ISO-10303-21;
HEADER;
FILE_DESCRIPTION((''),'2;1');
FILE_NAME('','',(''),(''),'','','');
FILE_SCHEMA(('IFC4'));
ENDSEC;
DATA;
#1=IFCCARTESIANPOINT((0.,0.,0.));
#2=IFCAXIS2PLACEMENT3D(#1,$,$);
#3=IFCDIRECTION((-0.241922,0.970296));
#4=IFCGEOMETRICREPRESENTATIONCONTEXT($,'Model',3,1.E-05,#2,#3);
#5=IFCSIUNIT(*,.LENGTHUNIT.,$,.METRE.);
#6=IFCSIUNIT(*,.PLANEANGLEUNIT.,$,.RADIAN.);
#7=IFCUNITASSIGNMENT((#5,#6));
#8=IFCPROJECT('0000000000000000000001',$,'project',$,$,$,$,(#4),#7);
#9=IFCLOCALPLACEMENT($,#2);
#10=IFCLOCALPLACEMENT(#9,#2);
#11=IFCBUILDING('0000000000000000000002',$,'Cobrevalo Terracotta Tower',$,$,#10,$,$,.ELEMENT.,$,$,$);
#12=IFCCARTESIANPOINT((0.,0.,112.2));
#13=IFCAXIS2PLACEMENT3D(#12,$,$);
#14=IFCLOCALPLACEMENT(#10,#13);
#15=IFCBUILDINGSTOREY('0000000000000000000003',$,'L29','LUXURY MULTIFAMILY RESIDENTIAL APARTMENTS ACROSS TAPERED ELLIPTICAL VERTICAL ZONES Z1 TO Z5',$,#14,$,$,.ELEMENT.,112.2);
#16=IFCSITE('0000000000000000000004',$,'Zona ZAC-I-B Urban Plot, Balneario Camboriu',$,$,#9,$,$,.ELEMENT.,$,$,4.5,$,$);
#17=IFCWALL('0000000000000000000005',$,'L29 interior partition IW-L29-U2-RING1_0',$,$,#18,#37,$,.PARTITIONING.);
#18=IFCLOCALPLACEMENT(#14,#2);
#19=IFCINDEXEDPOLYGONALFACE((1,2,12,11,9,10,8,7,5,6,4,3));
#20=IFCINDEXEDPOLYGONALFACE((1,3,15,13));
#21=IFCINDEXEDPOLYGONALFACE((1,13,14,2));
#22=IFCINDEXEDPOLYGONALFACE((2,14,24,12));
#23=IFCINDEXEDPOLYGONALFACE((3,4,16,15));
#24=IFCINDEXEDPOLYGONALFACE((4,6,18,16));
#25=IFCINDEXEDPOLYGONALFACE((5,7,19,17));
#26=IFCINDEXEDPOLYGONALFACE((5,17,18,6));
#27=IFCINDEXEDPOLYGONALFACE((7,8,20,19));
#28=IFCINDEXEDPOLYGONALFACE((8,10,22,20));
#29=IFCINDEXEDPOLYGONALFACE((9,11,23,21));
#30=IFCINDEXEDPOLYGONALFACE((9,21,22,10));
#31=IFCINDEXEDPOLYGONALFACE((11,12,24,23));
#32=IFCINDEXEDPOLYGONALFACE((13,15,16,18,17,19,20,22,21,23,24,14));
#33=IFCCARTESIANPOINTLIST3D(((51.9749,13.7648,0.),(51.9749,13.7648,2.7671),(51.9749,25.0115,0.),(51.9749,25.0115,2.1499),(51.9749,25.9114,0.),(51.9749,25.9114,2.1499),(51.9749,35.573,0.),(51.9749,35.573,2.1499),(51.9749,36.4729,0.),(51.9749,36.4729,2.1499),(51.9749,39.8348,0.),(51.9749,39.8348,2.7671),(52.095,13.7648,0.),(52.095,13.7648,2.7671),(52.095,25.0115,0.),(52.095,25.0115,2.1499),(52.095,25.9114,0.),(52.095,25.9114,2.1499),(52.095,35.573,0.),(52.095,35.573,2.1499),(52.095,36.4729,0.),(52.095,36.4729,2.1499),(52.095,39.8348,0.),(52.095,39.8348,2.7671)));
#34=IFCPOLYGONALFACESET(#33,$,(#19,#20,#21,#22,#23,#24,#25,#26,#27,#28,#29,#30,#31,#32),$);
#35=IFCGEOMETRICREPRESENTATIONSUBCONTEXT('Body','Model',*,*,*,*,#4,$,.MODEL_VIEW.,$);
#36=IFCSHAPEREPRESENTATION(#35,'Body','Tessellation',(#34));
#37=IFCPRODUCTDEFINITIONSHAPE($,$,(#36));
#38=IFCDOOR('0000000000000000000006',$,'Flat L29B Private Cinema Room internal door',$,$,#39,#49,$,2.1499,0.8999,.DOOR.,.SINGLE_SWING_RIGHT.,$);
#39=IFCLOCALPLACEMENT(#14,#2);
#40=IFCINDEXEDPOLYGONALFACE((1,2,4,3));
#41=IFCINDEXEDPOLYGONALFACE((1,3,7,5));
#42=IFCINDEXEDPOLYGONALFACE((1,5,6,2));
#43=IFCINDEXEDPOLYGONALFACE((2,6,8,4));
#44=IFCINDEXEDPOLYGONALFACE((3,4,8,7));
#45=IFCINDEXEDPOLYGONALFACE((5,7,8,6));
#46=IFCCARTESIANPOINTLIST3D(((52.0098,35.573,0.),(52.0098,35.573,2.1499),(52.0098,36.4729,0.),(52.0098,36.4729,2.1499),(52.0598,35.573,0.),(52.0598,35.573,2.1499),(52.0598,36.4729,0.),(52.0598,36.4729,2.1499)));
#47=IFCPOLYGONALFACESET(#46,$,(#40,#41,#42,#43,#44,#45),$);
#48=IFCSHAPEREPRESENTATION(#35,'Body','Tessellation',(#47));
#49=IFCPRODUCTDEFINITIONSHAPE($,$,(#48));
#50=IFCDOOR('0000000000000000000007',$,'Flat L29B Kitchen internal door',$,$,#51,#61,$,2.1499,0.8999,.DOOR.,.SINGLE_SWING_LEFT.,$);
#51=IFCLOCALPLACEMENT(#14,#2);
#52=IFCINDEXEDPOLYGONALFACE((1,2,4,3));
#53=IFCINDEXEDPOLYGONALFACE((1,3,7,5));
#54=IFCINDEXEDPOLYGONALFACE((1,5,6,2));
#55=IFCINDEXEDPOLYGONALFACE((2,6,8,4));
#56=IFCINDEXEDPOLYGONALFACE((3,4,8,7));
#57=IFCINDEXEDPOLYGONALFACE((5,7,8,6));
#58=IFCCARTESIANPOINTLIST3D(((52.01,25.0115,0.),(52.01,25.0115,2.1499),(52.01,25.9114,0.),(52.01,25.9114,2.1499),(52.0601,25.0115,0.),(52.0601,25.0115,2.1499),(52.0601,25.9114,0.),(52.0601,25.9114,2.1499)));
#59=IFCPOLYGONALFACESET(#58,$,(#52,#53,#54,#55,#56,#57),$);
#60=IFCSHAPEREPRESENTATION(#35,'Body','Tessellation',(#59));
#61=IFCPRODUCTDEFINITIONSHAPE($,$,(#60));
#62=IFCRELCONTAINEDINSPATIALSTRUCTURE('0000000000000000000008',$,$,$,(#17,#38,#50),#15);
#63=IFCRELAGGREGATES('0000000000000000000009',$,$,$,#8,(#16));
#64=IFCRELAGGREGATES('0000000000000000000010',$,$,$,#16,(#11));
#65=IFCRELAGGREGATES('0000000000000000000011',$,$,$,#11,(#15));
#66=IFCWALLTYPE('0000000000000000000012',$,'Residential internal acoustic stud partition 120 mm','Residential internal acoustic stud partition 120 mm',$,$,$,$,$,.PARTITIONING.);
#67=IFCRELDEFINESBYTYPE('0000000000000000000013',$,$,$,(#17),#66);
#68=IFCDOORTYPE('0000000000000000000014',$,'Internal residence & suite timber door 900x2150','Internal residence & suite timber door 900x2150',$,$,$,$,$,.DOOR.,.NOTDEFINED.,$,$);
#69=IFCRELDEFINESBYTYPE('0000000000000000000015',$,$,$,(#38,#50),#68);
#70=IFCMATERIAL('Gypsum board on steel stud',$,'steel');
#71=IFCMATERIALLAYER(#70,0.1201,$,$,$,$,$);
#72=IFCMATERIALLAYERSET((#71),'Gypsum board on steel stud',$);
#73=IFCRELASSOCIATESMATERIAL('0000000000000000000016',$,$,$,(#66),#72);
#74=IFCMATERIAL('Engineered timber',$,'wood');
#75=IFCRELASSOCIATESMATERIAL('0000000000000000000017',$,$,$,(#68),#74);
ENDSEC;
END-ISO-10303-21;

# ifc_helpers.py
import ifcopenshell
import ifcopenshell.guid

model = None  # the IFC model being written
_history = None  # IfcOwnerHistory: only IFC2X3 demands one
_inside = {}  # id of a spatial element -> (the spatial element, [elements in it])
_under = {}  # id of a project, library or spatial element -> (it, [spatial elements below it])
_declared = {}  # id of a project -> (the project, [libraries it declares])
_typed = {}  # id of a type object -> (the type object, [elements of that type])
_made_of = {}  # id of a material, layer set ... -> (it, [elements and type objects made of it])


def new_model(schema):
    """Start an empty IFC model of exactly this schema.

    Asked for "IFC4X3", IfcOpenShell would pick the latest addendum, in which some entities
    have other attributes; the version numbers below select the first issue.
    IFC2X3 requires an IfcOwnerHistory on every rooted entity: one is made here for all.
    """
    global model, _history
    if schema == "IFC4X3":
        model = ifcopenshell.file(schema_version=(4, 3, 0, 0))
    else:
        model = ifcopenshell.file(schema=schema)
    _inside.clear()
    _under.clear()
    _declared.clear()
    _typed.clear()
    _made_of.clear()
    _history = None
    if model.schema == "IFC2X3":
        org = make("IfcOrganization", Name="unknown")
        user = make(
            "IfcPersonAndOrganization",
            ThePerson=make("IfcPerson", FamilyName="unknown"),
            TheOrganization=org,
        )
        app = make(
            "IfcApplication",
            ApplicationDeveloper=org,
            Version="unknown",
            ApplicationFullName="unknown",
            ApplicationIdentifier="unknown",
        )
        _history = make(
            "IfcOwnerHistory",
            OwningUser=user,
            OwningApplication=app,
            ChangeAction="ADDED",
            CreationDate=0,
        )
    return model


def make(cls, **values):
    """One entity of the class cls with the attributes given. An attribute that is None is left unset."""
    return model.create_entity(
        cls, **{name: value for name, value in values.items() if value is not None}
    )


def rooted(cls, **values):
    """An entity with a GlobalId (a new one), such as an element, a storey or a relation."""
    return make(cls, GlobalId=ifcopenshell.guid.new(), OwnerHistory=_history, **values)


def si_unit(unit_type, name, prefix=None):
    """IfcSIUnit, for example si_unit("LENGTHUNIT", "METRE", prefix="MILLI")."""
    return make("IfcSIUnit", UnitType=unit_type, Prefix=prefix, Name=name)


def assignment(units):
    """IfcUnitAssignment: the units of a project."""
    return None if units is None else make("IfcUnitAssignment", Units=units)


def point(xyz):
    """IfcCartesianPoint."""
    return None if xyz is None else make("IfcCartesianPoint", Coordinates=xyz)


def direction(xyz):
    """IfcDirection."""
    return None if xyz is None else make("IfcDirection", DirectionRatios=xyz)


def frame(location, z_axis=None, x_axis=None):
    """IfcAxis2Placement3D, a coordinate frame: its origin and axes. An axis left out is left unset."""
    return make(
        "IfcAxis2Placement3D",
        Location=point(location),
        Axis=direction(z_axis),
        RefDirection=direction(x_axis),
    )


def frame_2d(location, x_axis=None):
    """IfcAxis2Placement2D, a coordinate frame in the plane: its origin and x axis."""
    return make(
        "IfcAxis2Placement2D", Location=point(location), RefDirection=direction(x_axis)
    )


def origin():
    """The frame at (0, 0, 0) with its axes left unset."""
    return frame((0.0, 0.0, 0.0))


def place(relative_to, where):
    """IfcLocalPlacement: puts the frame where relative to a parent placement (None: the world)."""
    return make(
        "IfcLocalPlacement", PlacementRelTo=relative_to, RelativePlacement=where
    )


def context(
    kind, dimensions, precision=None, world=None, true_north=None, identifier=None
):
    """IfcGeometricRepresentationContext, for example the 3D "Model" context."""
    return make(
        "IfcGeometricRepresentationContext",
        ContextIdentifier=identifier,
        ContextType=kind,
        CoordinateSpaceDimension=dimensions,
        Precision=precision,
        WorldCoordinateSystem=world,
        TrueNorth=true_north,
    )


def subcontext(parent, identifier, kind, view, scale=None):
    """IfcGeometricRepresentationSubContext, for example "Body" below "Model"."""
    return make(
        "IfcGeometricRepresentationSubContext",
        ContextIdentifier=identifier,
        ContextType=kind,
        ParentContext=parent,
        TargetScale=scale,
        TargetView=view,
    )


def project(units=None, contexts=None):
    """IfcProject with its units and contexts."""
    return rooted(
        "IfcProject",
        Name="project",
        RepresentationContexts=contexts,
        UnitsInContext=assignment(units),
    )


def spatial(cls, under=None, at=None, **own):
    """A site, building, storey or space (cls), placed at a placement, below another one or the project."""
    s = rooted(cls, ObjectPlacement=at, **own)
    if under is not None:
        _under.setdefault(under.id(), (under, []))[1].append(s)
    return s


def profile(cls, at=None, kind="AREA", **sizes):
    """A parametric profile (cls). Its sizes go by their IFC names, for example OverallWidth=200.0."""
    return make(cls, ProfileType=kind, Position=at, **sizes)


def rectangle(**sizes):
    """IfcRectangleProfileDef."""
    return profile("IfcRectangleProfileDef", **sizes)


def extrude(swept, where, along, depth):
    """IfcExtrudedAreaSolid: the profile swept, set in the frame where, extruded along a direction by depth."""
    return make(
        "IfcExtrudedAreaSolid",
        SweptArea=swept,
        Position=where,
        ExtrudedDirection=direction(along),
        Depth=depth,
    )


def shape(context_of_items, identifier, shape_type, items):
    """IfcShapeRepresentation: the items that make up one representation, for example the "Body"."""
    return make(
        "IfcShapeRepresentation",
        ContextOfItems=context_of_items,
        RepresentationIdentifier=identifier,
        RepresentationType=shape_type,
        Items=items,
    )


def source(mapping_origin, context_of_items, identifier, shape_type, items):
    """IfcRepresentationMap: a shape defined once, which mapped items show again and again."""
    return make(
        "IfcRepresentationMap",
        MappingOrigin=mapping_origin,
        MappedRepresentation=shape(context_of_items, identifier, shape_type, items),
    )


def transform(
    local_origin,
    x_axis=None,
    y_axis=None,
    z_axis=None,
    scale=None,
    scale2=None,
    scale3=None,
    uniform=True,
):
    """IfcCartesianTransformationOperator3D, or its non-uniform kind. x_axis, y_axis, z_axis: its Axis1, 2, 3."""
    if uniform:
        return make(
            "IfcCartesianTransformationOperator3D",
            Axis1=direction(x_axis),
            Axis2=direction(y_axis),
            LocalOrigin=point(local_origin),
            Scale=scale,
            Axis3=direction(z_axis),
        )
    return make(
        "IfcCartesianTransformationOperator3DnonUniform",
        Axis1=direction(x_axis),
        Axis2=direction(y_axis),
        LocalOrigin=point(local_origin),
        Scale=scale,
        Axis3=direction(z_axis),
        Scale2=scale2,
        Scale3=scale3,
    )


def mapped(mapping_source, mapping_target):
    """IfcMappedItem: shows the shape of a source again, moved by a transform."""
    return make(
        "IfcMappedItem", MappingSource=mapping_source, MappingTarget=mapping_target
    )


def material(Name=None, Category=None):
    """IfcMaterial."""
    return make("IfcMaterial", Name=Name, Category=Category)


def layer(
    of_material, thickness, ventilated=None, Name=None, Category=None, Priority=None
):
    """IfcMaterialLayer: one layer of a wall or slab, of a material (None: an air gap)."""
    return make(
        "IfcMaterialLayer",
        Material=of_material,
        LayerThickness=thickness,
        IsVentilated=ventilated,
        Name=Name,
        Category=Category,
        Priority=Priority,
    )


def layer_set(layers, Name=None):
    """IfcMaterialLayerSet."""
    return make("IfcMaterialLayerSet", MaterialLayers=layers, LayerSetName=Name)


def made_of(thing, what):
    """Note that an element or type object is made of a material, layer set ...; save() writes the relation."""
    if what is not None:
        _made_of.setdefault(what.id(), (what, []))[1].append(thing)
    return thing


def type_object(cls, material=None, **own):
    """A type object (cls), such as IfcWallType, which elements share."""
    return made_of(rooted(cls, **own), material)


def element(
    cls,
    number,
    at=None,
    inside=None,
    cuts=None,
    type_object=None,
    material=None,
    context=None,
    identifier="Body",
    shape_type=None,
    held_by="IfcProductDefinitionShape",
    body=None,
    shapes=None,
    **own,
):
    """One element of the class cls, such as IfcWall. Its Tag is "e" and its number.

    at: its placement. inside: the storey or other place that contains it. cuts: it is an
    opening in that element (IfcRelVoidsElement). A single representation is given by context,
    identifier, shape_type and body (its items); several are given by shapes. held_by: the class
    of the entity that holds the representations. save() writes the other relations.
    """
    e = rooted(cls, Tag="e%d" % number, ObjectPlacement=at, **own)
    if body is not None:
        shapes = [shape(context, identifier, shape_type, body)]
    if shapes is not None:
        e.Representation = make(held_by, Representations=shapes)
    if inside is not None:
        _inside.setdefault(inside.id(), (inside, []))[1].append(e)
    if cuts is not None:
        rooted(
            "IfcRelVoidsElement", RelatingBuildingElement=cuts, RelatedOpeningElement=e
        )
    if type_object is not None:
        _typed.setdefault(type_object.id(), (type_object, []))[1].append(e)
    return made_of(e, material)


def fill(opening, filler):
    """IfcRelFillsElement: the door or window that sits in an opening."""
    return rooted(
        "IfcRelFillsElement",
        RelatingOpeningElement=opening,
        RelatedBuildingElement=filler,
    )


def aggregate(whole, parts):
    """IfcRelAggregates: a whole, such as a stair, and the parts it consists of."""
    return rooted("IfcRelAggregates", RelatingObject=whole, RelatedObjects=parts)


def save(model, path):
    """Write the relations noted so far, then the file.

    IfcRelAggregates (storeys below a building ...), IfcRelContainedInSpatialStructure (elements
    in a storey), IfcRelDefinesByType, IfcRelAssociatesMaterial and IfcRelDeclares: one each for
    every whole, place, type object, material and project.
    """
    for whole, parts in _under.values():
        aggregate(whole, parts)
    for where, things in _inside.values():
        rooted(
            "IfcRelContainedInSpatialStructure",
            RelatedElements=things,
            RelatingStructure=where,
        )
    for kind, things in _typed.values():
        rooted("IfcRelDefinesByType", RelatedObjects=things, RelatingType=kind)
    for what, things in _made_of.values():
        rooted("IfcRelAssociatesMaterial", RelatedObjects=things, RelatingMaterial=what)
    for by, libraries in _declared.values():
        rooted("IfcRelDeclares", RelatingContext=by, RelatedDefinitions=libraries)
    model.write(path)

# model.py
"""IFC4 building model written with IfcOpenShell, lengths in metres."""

from ifc_helpers import new_model, si_unit, direction, frame, frame_2d, origin, place, context, subcontext, project, spatial, rectangle, extrude, source, transform, mapped, material, layer, layer_set, type_object, element, fill, save


model = new_model("IFC4")

# Units and contexts
model_context = context("Model", 3, precision=1e-05, world=origin(), true_north=direction((-0.241922, 0.970296)))
body_context = subcontext(model_context, "Body", "Model", "MODEL_VIEW")
ifc_project = project(units=[si_unit("LENGTHUNIT", "METRE"), si_unit("PLANEANGLEUNIT", "RADIAN")], contexts=[model_context])

# Site, building, storey
site_placement = place(None, origin())
site = spatial("IfcSite", under=ifc_project, at=site_placement, Name="Zona ZAC-I-B Urban Plot, Balneario Camboriu", CompositionType="ELEMENT", RefElevation=4.5)
building_placement = place(site_placement, origin())
building = spatial("IfcBuilding", under=site, at=building_placement, Name="Cobrevalo Terracotta Tower", CompositionType="ELEMENT")
storey_placement = place(building_placement, frame((0.0, 0.0, 112.2)))
storey = spatial("IfcBuildingStorey", under=building, at=storey_placement, Name="L29", Description="LUXURY MULTIFAMILY RESIDENTIAL APARTMENTS ACROSS TAPERED ELLIPTICAL VERTICAL ZONES Z1 TO Z5", CompositionType="ELEMENT", Elevation=112.2)

# Shared definitions
ifc_material_1 = material(Name="Gypsum board on steel stud", Category="steel")
ifc_layer_1 = layer(ifc_material_1, 0.1201)
ifc_layer_set_1 = layer_set([ifc_layer_1], Name="Gypsum board on steel stud")
wall_type_1 = type_object("IfcWallType", Name="Residential internal acoustic stud partition 120 mm", Description="Residential internal acoustic stud partition 120 mm", PredefinedType="PARTITIONING", material=ifc_layer_set_1)

# Wall, openings, doors
wall_1_placement = place(storey_placement, frame((52.0349, 39.835, 0.0), z_axis=(0.0, 0.0, 1.0), x_axis=(0.0, -1.0, 0.0)))
wall_1 = element("IfcWall", 1, at=wall_1_placement, inside=storey, type_object=wall_type_1, Name="L29 interior partition IW-L29-U2-RING1_0", PredefinedType="PARTITIONING", context=body_context, shape_type="SweptSolid", body=[
    extrude(rectangle(XDim=26.0701, YDim=0.1201, at=frame_2d((13.0352, 0.0))), origin(), (0.0, 0.0, 1.0), 2.7671),
])
opening_1_placement = place(wall_1_placement, frame((3.3621, 0.0, 0.0)))
opening_1 = element("IfcOpeningElement", 2, at=opening_1_placement, cuts=wall_1, PredefinedType="OPENING", context=body_context, shape_type="SweptSolid", body=[
    extrude(rectangle(XDim=0.8999, YDim=2.1499, at=frame_2d((0.45, 1.075))), frame((0.0, 0.0701, 0.0), z_axis=(0.0, -1.0, 0.0), x_axis=(1.0, 0.0, 0.0)), (0.0, 0.0, 1.0), 0.1401),
])
opening_2_placement = place(wall_1_placement, frame((13.9236, 0.0, 0.0)))
opening_2 = element("IfcOpeningElement", 3, at=opening_2_placement, cuts=wall_1, PredefinedType="OPENING", context=body_context, shape_type="SweptSolid", body=[
    extrude(rectangle(XDim=0.8999, YDim=2.1499, at=frame_2d((0.45, 1.075))), frame((0.0, 0.0701, 0.0), z_axis=(0.0, -1.0, 0.0), x_axis=(1.0, 0.0, 0.0)), (0.0, 0.0, 1.0), 0.1401),
])
ifc_material_2 = material(Name="Engineered timber", Category="wood")
door_type_1 = type_object("IfcDoorType", Name="Internal residence & suite timber door 900x2150", Description="Internal residence & suite timber door 900x2150", OperationType="NOTDEFINED", PredefinedType="DOOR", material=ifc_material_2)
shared_shape_1 = source(origin(), body_context, "Body", "SweptSolid", [
    extrude(rectangle(XDim=0.8999, YDim=2.1499, at=frame_2d((0.45, 1.075))), frame((0.0, 0.0249, 0.0), z_axis=(0.0, -1.0, 0.0), x_axis=(1.0, 0.0, 0.0)), (0.0, 0.0, 1.0), 0.05),
])
door_1_placement = place(opening_1_placement, origin())
door_1 = element("IfcDoor", 4, at=door_1_placement, inside=storey, type_object=door_type_1, Name="Flat L29B Private Cinema Room internal door", OperationType="SINGLE_SWING_RIGHT", OverallHeight=2.1499, OverallWidth=0.8999, PredefinedType="DOOR", context=body_context, shape_type="MappedRepresentation", body=[
    mapped(shared_shape_1, transform((0.0, 0.0, 0.0), scale=1.0)),
])
fill(opening_1, door_1)
door_2_placement = place(opening_2_placement, frame((0.8999, 0.0, 0.0), z_axis=(0.0, 0.0, 1.0), x_axis=(-1.0, 0.0, 0.0)))
door_2 = element("IfcDoor", 5, at=door_2_placement, inside=storey, type_object=door_type_1, Name="Flat L29B Kitchen internal door", OperationType="SINGLE_SWING_LEFT", OverallHeight=2.1499, OverallWidth=0.8999, PredefinedType="DOOR", context=body_context, shape_type="MappedRepresentation", body=[
    mapped(shared_shape_1, transform((0.0, 0.0, 0.0), scale=1.0)),
])
fill(opening_2, door_2)

save(model, "model.ifc")
